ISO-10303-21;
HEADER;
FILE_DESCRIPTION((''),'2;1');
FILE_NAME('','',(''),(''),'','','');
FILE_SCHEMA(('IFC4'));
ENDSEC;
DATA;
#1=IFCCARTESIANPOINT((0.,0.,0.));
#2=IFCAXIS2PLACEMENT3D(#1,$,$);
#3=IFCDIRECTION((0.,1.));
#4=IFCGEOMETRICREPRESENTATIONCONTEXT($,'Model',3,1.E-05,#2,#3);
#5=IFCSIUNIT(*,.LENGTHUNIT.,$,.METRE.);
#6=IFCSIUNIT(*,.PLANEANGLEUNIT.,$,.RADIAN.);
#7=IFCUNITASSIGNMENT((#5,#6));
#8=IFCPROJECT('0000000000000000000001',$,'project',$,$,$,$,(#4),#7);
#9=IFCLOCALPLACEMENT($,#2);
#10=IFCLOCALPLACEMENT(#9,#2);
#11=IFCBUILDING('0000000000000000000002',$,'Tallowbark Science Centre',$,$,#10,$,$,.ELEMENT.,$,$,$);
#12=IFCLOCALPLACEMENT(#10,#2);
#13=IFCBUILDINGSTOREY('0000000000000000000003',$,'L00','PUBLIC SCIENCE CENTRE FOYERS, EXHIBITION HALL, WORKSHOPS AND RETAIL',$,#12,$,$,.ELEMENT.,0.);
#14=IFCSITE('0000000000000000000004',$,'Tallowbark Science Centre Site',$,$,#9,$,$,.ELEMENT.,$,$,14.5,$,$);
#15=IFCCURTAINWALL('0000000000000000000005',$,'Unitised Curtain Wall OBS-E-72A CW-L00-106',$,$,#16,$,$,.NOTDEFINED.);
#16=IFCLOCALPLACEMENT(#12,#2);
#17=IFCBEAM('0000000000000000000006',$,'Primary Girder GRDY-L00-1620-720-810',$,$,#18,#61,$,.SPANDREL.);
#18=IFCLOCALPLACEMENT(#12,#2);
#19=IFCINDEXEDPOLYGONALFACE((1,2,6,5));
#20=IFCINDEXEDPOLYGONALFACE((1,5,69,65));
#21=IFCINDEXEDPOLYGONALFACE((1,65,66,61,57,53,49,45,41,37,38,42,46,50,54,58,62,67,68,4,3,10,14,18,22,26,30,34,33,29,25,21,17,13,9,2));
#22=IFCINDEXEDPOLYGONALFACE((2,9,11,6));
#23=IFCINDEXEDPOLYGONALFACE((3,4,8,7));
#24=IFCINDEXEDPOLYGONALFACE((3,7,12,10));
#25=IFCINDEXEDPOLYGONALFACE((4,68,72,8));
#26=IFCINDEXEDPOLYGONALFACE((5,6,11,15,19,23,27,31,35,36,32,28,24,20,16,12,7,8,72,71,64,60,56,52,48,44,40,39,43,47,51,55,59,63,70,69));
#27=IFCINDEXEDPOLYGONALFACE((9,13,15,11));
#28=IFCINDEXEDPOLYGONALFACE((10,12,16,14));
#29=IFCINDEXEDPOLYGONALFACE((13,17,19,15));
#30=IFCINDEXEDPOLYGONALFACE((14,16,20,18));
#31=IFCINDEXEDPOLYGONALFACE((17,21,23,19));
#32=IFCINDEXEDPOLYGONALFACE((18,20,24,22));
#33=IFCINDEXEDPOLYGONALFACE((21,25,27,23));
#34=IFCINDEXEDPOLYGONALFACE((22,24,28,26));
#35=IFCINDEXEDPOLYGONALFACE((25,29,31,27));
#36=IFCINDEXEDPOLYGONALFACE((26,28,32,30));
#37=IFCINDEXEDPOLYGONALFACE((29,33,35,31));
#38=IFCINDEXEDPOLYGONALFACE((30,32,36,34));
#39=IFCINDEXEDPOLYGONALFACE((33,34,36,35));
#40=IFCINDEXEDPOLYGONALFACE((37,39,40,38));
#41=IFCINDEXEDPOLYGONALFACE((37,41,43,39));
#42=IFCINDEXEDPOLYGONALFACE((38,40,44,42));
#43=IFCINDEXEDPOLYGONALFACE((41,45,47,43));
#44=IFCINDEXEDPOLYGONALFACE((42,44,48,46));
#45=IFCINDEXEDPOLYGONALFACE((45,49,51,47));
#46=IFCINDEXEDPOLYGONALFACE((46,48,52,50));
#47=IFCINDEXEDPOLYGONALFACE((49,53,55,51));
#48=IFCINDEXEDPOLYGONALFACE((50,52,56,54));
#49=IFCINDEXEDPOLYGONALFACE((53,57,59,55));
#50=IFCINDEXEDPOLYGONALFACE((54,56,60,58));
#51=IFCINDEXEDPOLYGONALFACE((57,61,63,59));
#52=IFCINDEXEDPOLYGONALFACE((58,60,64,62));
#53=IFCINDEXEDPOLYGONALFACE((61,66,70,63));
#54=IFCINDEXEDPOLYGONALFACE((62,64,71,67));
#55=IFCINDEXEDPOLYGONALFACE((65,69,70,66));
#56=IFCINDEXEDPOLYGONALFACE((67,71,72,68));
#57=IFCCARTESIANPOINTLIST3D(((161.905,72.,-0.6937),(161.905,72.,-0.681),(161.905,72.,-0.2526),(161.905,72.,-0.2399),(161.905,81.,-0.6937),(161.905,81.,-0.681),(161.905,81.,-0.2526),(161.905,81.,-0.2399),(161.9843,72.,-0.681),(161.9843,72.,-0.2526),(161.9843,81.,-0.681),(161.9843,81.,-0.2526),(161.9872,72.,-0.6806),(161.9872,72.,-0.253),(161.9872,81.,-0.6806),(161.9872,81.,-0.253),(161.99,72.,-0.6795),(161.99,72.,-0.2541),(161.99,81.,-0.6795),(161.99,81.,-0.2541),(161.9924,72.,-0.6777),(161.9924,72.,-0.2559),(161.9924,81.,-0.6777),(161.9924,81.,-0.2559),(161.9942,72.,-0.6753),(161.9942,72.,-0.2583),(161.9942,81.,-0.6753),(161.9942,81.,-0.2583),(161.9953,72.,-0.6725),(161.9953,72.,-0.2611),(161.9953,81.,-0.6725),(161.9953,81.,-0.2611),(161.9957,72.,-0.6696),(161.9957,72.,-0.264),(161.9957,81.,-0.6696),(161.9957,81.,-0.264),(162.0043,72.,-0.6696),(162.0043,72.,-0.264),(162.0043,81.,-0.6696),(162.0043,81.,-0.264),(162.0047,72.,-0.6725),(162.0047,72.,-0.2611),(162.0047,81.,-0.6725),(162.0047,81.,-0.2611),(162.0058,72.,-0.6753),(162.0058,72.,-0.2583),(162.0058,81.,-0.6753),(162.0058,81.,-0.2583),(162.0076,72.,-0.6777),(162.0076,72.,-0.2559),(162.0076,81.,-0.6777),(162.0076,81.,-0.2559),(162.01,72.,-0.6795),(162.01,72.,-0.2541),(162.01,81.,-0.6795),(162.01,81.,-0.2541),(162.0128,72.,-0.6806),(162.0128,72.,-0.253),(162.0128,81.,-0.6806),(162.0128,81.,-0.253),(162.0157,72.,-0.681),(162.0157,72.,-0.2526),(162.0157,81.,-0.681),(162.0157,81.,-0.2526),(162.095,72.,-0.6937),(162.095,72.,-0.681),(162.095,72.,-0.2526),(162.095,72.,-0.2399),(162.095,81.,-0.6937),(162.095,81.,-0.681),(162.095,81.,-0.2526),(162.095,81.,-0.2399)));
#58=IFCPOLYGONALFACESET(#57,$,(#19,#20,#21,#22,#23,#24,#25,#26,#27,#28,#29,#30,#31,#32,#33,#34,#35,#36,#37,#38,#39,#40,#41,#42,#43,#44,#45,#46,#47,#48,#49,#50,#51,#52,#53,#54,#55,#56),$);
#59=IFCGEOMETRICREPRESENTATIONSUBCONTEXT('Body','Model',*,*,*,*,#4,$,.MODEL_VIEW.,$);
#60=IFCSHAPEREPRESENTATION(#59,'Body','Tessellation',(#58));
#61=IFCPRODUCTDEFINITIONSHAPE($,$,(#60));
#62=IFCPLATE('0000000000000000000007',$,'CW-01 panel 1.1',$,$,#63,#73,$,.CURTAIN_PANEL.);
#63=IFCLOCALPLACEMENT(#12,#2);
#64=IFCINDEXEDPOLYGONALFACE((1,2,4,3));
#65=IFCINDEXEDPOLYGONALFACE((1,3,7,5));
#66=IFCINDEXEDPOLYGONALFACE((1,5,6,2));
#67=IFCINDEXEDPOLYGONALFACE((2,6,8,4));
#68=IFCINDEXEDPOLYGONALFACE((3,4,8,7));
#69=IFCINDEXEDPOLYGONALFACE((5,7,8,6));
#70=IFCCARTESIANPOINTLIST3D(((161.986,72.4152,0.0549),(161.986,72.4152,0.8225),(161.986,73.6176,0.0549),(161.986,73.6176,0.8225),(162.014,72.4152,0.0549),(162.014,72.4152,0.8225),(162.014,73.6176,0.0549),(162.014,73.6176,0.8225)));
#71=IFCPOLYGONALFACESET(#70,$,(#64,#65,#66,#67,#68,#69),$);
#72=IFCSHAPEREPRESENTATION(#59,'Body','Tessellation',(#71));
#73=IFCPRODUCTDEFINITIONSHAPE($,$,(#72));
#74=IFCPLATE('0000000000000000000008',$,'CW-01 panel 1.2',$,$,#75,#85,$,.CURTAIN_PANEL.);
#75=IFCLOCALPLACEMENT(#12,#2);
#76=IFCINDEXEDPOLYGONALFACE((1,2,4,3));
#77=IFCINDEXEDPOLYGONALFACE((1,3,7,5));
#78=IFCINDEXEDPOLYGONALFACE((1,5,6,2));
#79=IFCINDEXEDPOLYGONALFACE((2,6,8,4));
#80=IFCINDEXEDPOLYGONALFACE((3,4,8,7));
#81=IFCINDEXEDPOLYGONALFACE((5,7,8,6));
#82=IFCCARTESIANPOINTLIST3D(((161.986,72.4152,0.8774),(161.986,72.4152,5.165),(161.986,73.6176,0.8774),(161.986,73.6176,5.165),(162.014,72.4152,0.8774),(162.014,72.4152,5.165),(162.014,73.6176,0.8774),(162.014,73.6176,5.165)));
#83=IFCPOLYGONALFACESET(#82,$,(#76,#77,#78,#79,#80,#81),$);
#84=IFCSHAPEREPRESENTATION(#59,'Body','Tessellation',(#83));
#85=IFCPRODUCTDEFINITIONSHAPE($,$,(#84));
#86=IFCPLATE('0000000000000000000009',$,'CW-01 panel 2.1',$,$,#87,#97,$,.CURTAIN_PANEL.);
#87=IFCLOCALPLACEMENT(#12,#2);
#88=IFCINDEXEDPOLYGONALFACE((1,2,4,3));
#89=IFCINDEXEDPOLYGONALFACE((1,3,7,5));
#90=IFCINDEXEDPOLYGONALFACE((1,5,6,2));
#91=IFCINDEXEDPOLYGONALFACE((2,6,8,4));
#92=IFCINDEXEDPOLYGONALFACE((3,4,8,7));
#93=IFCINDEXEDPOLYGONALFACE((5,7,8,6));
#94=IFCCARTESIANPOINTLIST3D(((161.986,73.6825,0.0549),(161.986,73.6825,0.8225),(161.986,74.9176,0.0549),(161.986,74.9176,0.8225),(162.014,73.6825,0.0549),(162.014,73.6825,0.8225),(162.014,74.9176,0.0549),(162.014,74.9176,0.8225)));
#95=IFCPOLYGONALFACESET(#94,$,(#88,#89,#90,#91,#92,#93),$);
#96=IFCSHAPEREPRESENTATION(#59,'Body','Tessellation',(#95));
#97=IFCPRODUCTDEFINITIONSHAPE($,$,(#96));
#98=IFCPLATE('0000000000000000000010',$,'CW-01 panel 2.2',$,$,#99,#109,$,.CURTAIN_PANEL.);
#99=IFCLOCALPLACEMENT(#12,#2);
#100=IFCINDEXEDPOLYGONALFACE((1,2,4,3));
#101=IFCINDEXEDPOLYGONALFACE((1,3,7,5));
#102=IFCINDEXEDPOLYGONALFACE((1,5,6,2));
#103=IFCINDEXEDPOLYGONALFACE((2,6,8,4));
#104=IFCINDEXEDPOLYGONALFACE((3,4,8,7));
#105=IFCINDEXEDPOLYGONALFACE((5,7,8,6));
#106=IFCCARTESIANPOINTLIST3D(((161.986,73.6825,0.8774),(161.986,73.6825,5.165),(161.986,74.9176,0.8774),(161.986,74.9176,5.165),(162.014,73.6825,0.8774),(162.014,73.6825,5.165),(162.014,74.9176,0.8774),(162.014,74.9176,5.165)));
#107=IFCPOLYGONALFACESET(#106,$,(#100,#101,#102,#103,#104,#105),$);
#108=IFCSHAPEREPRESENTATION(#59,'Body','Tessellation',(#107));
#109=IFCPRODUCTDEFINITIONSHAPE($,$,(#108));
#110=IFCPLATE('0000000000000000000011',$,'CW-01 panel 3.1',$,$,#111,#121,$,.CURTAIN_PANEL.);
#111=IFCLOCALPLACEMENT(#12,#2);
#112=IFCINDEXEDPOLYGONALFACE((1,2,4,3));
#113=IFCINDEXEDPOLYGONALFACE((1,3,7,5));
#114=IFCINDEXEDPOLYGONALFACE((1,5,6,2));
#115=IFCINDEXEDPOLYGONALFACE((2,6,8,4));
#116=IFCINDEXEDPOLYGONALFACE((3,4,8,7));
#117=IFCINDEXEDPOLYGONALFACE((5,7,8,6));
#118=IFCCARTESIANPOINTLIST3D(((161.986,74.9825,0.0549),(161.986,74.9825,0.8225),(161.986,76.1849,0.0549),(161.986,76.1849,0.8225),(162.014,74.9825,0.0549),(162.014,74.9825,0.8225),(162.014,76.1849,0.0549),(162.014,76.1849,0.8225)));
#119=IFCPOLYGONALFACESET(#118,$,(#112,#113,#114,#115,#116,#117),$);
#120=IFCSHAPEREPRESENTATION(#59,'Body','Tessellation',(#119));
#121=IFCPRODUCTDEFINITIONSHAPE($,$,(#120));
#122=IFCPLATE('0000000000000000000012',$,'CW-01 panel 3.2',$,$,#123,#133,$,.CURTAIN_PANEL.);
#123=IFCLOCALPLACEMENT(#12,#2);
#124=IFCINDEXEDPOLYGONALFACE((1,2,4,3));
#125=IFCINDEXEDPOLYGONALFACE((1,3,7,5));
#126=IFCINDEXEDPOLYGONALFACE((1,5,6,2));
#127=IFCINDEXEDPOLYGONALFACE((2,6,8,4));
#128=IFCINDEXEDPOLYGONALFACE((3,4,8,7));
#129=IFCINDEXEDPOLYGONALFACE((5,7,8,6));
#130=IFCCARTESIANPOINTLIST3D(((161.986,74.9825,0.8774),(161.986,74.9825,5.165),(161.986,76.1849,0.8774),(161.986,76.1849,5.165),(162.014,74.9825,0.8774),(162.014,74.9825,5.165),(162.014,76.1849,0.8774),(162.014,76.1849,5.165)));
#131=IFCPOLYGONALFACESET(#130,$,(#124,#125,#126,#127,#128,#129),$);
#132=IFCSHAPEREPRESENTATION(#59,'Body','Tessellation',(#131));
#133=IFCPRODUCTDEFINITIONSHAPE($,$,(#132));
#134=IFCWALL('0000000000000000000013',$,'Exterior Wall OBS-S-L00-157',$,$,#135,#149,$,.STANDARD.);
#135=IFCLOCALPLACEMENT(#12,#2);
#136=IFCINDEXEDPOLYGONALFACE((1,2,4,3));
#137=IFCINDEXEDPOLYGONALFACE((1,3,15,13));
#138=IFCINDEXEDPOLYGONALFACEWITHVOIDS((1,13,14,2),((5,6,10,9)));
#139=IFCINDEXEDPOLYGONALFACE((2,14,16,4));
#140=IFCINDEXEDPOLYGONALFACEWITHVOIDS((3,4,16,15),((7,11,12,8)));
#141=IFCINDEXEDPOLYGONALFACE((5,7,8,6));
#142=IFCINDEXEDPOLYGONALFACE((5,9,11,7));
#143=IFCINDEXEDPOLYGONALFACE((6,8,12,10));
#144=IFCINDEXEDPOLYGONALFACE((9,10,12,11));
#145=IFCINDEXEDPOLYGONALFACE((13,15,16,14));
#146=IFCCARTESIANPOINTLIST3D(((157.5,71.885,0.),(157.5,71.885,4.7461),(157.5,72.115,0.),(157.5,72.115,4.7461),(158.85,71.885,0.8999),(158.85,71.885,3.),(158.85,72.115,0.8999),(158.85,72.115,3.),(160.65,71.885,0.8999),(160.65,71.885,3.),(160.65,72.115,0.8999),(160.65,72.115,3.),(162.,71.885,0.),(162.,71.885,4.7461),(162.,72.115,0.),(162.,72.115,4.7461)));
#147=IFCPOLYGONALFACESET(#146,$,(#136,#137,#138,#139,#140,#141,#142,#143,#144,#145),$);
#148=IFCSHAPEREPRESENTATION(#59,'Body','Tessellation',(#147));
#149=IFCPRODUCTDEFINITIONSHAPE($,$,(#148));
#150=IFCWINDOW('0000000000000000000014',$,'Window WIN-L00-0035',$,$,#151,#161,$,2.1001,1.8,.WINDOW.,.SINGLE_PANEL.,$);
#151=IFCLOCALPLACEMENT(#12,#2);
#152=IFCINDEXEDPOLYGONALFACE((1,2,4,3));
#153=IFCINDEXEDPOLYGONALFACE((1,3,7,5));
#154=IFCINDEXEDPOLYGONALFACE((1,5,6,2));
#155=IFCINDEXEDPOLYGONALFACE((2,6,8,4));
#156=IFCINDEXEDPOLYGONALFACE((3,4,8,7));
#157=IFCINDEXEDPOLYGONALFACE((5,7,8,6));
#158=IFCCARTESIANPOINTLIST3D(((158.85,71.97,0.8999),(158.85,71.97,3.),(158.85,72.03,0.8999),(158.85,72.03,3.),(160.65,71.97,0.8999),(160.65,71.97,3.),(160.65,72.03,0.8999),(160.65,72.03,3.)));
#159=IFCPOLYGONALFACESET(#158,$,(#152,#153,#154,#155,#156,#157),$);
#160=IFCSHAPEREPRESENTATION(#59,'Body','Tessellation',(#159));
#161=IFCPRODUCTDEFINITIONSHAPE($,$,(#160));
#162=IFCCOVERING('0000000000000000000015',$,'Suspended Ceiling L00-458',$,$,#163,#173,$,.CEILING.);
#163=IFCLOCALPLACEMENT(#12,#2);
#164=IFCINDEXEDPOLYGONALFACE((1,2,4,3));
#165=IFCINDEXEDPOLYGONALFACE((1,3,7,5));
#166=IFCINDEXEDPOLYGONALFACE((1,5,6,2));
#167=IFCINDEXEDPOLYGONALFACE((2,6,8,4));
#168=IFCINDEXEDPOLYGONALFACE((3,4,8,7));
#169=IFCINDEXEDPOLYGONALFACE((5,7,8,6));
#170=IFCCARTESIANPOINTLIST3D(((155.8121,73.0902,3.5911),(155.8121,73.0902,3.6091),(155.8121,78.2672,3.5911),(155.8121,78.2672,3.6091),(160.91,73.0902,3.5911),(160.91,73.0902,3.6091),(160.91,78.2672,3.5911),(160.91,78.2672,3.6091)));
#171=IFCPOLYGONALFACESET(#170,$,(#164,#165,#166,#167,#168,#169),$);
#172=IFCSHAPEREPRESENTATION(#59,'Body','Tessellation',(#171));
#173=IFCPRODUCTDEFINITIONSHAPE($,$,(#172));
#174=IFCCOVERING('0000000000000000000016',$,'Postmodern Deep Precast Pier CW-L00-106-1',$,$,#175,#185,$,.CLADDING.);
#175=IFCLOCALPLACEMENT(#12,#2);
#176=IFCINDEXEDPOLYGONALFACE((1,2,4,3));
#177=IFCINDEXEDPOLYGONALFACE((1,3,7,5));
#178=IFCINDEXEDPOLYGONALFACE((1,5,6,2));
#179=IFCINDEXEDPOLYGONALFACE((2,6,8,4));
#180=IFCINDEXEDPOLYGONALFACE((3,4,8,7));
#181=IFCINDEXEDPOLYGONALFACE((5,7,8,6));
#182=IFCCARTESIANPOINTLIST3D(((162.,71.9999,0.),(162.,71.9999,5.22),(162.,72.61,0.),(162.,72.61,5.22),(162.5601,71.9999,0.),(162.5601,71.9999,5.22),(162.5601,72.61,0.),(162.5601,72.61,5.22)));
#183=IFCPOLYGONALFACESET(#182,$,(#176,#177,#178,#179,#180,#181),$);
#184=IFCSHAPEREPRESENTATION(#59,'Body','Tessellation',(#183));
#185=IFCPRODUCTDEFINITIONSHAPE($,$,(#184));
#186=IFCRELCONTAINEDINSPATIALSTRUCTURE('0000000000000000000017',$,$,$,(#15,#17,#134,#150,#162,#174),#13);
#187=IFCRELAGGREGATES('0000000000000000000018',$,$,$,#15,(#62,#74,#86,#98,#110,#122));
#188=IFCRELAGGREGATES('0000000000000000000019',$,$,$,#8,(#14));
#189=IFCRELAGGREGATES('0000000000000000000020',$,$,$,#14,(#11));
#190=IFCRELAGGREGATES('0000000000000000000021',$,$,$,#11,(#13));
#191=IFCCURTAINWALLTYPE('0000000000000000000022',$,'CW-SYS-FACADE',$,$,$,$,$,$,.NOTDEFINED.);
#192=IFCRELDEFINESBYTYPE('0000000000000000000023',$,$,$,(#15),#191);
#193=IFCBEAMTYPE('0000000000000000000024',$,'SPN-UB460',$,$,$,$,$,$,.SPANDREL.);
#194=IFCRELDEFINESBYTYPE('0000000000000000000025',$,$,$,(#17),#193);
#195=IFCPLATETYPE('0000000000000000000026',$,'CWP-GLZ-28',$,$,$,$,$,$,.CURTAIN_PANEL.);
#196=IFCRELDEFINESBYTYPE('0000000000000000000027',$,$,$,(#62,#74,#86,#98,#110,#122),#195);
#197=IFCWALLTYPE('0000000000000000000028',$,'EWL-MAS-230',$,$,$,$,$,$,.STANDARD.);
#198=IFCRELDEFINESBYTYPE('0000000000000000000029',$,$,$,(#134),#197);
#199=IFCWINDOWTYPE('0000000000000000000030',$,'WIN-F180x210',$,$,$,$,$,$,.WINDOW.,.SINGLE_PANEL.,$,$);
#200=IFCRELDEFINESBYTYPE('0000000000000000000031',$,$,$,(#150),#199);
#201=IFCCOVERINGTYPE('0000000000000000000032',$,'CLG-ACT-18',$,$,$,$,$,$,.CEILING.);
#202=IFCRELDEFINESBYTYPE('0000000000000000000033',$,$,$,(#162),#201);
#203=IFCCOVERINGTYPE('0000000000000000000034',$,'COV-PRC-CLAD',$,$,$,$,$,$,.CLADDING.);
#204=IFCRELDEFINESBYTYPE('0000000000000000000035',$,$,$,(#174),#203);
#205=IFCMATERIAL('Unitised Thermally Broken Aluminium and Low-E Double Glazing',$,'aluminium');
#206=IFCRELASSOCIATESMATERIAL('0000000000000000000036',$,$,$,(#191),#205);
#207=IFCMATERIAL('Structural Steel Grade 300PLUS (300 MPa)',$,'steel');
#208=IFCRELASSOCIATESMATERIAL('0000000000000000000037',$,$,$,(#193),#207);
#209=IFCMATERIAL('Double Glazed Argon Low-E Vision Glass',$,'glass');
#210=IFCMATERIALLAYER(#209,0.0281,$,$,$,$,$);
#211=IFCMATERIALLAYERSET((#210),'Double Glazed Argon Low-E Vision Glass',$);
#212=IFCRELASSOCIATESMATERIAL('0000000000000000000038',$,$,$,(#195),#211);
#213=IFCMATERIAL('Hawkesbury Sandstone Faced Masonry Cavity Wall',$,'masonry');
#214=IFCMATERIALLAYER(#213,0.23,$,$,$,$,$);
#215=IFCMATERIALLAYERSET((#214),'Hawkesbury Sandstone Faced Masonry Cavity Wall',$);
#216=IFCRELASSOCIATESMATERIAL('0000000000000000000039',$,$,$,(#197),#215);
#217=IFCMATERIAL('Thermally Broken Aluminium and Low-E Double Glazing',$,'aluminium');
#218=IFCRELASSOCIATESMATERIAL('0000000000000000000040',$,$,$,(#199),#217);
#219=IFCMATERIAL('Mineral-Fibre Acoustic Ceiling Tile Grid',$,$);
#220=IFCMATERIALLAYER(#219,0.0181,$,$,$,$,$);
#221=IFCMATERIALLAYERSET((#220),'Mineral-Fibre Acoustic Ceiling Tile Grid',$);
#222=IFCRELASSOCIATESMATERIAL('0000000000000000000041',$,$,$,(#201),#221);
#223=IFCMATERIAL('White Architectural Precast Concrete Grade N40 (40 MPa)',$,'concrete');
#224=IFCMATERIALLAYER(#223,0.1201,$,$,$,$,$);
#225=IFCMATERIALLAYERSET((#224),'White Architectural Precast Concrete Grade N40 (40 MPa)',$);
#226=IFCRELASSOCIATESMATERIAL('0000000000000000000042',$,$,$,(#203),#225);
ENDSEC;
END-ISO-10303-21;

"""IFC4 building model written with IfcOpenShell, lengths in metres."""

from ifc_helpers import new_model, si_unit, direction, frame, frame_2d, origin, origin_2d, place, context, subcontext, project, spatial, rectangle, i_section, extrude, material, layer, layer_set, material_profile, profile_set, type_object, element, fill, aggregate, save


model = new_model("IFC4")

# Units and contexts
model_context = context("Model", 3, precision=1e-05, world=origin(), true_north=direction((0.0, 1.0)))
body_context = subcontext(model_context, "Body", "Model", "MODEL_VIEW")
ifc_project = project(units=[si_unit("LENGTHUNIT", "METRE"), si_unit("PLANEANGLEUNIT", "RADIAN")], contexts=[model_context])

# Site, building, storey
site_placement = place(None, origin())
site = spatial("IfcSite", under=ifc_project, at=site_placement, Name="Tallowbark Science Centre Site", CompositionType="ELEMENT", RefElevation=14.5)
building_placement = place(site_placement, origin())
building = spatial("IfcBuilding", under=site, at=building_placement, Name="Tallowbark Science Centre", CompositionType="ELEMENT")
storey_placement = place(building_placement, origin())
storey = spatial("IfcBuildingStorey", under=building, at=storey_placement, Name="L00", Description="PUBLIC SCIENCE CENTRE FOYERS, EXHIBITION HALL, WORKSHOPS AND RETAIL", CompositionType="ELEMENT", Elevation=0.0)

# Shared definitions
ifc_material_1 = material(Name="Structural Steel Grade 300PLUS (300 MPa)", Category="steel")

# Curtain wall
ifc_material_2 = material(Name="Unitised Thermally Broken Aluminium and Low-E Double Glazing", Category="aluminium")
curtain_wall_type = type_object("IfcCurtainWallType", Name="CW-SYS-FACADE", PredefinedType="NOTDEFINED", material=ifc_material_2)
curtain_wall_placement = place(storey_placement, origin())
curtain_wall = element("IfcCurtainWall", 1, at=curtain_wall_placement, inside=storey, type_object=curtain_wall_type, Name="Unitised Curtain Wall OBS-E-72A CW-L00-106", PredefinedType="NOTDEFINED")

# Beam
ifc_material_profile_1 = material_profile(ifc_material_1, i_section(OverallWidth=0.1899, OverallDepth=0.4539, WebThickness=0.0085, FlangeThickness=0.0127, FilletRadius=0.0115, at=origin_2d()), Name="460UB67.1")
ifc_profile_set_1 = profile_set([ifc_material_profile_1], Name="Structural Steel Grade 300PLUS (300 MPa)")
beam_type_1 = type_object("IfcBeamType", Name="SPN-UB460", PredefinedType="SPANDREL", material=ifc_profile_set_1)
for number, where, z_axis, x_axis, name in (
    (2, (162.0, 72.0, -0.4668), (0.0, 1.0, 0.0), (-1.0, 0.0, 0.0), "Primary Girder GRDY-L00-1620-720-810"),
):
    element("IfcBeam", number, at=place(storey_placement, frame(where, z_axis=z_axis, x_axis=x_axis)), inside=storey, type_object=beam_type_1, Name=name, PredefinedType="SPANDREL", context=body_context, shape_type="SweptSolid", body=[
        extrude(i_section(OverallWidth=0.1899, OverallDepth=0.4539, WebThickness=0.0085, FlangeThickness=0.0127, FilletRadius=0.0115, at=origin_2d()), origin(), (0.0, 0.0, 1.0), 9.0),
    ])

# Plates
ifc_material_3 = material(Name="Double Glazed Argon Low-E Vision Glass", Category="glass")
ifc_layer_1 = layer(ifc_material_3, 0.0281)
ifc_layer_set_1 = layer_set([ifc_layer_1], Name="Double Glazed Argon Low-E Vision Glass")
plate_type = type_object("IfcPlateType", Name="CWP-GLZ-28", PredefinedType="CURTAIN_PANEL", material=ifc_layer_set_1)
plate_1_placement = place(storey_placement, frame((162.0, 73.0164, 0.0549), z_axis=(0.0, 0.0, 1.0), x_axis=(0.0, 1.0, 0.0)))
plate_1 = element("IfcPlate", 3, at=plate_1_placement, type_object=plate_type, Name="CW-01 panel 1.1", PredefinedType="CURTAIN_PANEL", context=body_context, shape_type="SweptSolid", body=[
    extrude(rectangle(XDim=1.2024, YDim=0.0281, at=origin_2d()), origin(), (0.0, 0.0, 1.0), 0.7676),
])
plate_2_placement = place(storey_placement, frame((162.0, 73.0164, 0.8774), z_axis=(0.0, 0.0, 1.0), x_axis=(0.0, 1.0, 0.0)))
plate_2 = element("IfcPlate", 4, at=plate_2_placement, type_object=plate_type, Name="CW-01 panel 1.2", PredefinedType="CURTAIN_PANEL", context=body_context, shape_type="SweptSolid", body=[
    extrude(rectangle(XDim=1.2024, YDim=0.0281, at=origin_2d()), origin(), (0.0, 0.0, 1.0), 4.2876),
])
plate_3_placement = place(storey_placement, frame((162.0, 74.3, 0.0549), z_axis=(0.0, 0.0, 1.0), x_axis=(0.0, 1.0, 0.0)))
plate_3 = element("IfcPlate", 5, at=plate_3_placement, type_object=plate_type, Name="CW-01 panel 2.1", PredefinedType="CURTAIN_PANEL", context=body_context, shape_type="SweptSolid", body=[
    extrude(rectangle(XDim=1.2351, YDim=0.0281, at=origin_2d()), origin(), (0.0, 0.0, 1.0), 0.7676),
])
plate_4_placement = place(storey_placement, frame((162.0, 74.3, 0.8774), z_axis=(0.0, 0.0, 1.0), x_axis=(0.0, 1.0, 0.0)))
plate_4 = element("IfcPlate", 6, at=plate_4_placement, type_object=plate_type, Name="CW-01 panel 2.2", PredefinedType="CURTAIN_PANEL", context=body_context, shape_type="SweptSolid", body=[
    extrude(rectangle(XDim=1.2351, YDim=0.0281, at=origin_2d()), origin(), (0.0, 0.0, 1.0), 4.2876),
])
plate_5_placement = place(storey_placement, frame((162.0, 75.5837, 0.0549), z_axis=(0.0, 0.0, 1.0), x_axis=(0.0, 1.0, 0.0)))
plate_5 = element("IfcPlate", 7, at=plate_5_placement, type_object=plate_type, Name="CW-01 panel 3.1", PredefinedType="CURTAIN_PANEL", context=body_context, shape_type="SweptSolid", body=[
    extrude(rectangle(XDim=1.2024, YDim=0.0281, at=origin_2d()), origin(), (0.0, 0.0, 1.0), 0.7676),
])
plate_6_placement = place(storey_placement, frame((162.0, 75.5837, 0.8774), z_axis=(0.0, 0.0, 1.0), x_axis=(0.0, 1.0, 0.0)))
plate_6 = element("IfcPlate", 8, at=plate_6_placement, type_object=plate_type, Name="CW-01 panel 3.2", PredefinedType="CURTAIN_PANEL", context=body_context, shape_type="SweptSolid", body=[
    extrude(rectangle(XDim=1.2024, YDim=0.0281, at=origin_2d()), origin(), (0.0, 0.0, 1.0), 4.2876),
])
aggregate(curtain_wall, [plate_1, plate_2, plate_3, plate_4, plate_5, plate_6])

# Wall, opening, window
ifc_material_4 = material(Name="Hawkesbury Sandstone Faced Masonry Cavity Wall", Category="masonry")
ifc_layer_2 = layer(ifc_material_4, 0.23)
ifc_layer_set_2 = layer_set([ifc_layer_2], Name="Hawkesbury Sandstone Faced Masonry Cavity Wall")
wall_type = type_object("IfcWallType", Name="EWL-MAS-230", PredefinedType="STANDARD", material=ifc_layer_set_2)
wall_placement = place(storey_placement, frame((157.5, 72.0, 0.0), z_axis=(0.0, 0.0, 1.0), x_axis=(1.0, 0.0, 0.0)))
wall = element("IfcWall", 9, at=wall_placement, inside=storey, type_object=wall_type, Name="Exterior Wall OBS-S-L00-157", PredefinedType="STANDARD", context=body_context, shape_type="SweptSolid", body=[
    extrude(rectangle(XDim=4.5, YDim=0.23, at=frame_2d((2.25, 0.0))), origin(), (0.0, 0.0, 1.0), 4.7461),
])
opening_placement = place(wall_placement, frame((1.3501, 0.0, 0.8999)))
opening = element("IfcOpeningElement", 10, at=opening_placement, cuts=wall, PredefinedType="OPENING", context=body_context, shape_type="SweptSolid", body=[
    extrude(rectangle(XDim=1.8, YDim=2.1001, at=frame_2d((0.8999, 1.05))), frame((0.0, 0.125, 0.0), z_axis=(0.0, -1.0, 0.0), x_axis=(1.0, 0.0, 0.0)), (0.0, 0.0, 1.0), 0.25),
])
ifc_material_5 = material(Name="Thermally Broken Aluminium and Low-E Double Glazing", Category="aluminium")
window_type = type_object("IfcWindowType", Name="WIN-F180x210", PartitioningType="SINGLE_PANEL", PredefinedType="WINDOW", material=ifc_material_5)
window_placement = place(opening_placement, origin())
window = element("IfcWindow", 11, at=window_placement, inside=storey, type_object=window_type, Name="Window WIN-L00-0035", OverallHeight=2.1001, OverallWidth=1.8, PartitioningType="SINGLE_PANEL", PredefinedType="WINDOW", context=body_context, shape_type="SweptSolid", body=[
    extrude(rectangle(XDim=1.8, YDim=2.1001, at=frame_2d((0.8999, 1.05))), frame((0.0, 0.03, 0.0), z_axis=(0.0, -1.0, 0.0), x_axis=(1.0, 0.0, 0.0)), (0.0, 0.0, 1.0), 0.0601),
])
fill(opening, window)

# Coverings
ifc_material_6 = material(Name="Mineral-Fibre Acoustic Ceiling Tile Grid")
ifc_layer_3 = layer(ifc_material_6, 0.0181)
ifc_layer_set_3 = layer_set([ifc_layer_3], Name="Mineral-Fibre Acoustic Ceiling Tile Grid")
covering_type_1 = type_object("IfcCoveringType", Name="CLG-ACT-18", PredefinedType="CEILING", material=ifc_layer_set_3)
covering_1_placement = place(storey_placement, frame((158.3611, 75.6787, 3.5911), z_axis=(0.0, 0.0, 1.0), x_axis=(1.0, 0.0, 0.0)))
element("IfcCovering", 12, at=covering_1_placement, inside=storey, type_object=covering_type_1, Name="Suspended Ceiling L00-458", PredefinedType="CEILING", context=body_context, shape_type="SweptSolid", body=[
    extrude(rectangle(XDim=5.0979, YDim=5.177, at=origin_2d()), origin(), (0.0, 0.0, 1.0), 0.0181),
])
ifc_material_7 = material(Name="White Architectural Precast Concrete Grade N40 (40 MPa)", Category="concrete")
ifc_layer_4 = layer(ifc_material_7, 0.1201)
ifc_layer_set_4 = layer_set([ifc_layer_4], Name="White Architectural Precast Concrete Grade N40 (40 MPa)")
covering_type_2 = type_object("IfcCoveringType", Name="COV-PRC-CLAD", PredefinedType="CLADDING", material=ifc_layer_set_4)
covering_2_placement = place(storey_placement, frame((162.28, 72.3049, 0.0), z_axis=(0.0, 0.0, 1.0), x_axis=(0.0, 1.0, 0.0)))
element("IfcCovering", 13, at=covering_2_placement, inside=storey, type_object=covering_type_2, Name="Postmodern Deep Precast Pier CW-L00-106-1", PredefinedType="CLADDING", context=body_context, shape_type="SweptSolid", body=[
    extrude(rectangle(XDim=0.6101, YDim=0.5601, at=origin_2d()), origin(), (0.0, 0.0, 1.0), 5.22),
])

save(model, "model.ifc")
